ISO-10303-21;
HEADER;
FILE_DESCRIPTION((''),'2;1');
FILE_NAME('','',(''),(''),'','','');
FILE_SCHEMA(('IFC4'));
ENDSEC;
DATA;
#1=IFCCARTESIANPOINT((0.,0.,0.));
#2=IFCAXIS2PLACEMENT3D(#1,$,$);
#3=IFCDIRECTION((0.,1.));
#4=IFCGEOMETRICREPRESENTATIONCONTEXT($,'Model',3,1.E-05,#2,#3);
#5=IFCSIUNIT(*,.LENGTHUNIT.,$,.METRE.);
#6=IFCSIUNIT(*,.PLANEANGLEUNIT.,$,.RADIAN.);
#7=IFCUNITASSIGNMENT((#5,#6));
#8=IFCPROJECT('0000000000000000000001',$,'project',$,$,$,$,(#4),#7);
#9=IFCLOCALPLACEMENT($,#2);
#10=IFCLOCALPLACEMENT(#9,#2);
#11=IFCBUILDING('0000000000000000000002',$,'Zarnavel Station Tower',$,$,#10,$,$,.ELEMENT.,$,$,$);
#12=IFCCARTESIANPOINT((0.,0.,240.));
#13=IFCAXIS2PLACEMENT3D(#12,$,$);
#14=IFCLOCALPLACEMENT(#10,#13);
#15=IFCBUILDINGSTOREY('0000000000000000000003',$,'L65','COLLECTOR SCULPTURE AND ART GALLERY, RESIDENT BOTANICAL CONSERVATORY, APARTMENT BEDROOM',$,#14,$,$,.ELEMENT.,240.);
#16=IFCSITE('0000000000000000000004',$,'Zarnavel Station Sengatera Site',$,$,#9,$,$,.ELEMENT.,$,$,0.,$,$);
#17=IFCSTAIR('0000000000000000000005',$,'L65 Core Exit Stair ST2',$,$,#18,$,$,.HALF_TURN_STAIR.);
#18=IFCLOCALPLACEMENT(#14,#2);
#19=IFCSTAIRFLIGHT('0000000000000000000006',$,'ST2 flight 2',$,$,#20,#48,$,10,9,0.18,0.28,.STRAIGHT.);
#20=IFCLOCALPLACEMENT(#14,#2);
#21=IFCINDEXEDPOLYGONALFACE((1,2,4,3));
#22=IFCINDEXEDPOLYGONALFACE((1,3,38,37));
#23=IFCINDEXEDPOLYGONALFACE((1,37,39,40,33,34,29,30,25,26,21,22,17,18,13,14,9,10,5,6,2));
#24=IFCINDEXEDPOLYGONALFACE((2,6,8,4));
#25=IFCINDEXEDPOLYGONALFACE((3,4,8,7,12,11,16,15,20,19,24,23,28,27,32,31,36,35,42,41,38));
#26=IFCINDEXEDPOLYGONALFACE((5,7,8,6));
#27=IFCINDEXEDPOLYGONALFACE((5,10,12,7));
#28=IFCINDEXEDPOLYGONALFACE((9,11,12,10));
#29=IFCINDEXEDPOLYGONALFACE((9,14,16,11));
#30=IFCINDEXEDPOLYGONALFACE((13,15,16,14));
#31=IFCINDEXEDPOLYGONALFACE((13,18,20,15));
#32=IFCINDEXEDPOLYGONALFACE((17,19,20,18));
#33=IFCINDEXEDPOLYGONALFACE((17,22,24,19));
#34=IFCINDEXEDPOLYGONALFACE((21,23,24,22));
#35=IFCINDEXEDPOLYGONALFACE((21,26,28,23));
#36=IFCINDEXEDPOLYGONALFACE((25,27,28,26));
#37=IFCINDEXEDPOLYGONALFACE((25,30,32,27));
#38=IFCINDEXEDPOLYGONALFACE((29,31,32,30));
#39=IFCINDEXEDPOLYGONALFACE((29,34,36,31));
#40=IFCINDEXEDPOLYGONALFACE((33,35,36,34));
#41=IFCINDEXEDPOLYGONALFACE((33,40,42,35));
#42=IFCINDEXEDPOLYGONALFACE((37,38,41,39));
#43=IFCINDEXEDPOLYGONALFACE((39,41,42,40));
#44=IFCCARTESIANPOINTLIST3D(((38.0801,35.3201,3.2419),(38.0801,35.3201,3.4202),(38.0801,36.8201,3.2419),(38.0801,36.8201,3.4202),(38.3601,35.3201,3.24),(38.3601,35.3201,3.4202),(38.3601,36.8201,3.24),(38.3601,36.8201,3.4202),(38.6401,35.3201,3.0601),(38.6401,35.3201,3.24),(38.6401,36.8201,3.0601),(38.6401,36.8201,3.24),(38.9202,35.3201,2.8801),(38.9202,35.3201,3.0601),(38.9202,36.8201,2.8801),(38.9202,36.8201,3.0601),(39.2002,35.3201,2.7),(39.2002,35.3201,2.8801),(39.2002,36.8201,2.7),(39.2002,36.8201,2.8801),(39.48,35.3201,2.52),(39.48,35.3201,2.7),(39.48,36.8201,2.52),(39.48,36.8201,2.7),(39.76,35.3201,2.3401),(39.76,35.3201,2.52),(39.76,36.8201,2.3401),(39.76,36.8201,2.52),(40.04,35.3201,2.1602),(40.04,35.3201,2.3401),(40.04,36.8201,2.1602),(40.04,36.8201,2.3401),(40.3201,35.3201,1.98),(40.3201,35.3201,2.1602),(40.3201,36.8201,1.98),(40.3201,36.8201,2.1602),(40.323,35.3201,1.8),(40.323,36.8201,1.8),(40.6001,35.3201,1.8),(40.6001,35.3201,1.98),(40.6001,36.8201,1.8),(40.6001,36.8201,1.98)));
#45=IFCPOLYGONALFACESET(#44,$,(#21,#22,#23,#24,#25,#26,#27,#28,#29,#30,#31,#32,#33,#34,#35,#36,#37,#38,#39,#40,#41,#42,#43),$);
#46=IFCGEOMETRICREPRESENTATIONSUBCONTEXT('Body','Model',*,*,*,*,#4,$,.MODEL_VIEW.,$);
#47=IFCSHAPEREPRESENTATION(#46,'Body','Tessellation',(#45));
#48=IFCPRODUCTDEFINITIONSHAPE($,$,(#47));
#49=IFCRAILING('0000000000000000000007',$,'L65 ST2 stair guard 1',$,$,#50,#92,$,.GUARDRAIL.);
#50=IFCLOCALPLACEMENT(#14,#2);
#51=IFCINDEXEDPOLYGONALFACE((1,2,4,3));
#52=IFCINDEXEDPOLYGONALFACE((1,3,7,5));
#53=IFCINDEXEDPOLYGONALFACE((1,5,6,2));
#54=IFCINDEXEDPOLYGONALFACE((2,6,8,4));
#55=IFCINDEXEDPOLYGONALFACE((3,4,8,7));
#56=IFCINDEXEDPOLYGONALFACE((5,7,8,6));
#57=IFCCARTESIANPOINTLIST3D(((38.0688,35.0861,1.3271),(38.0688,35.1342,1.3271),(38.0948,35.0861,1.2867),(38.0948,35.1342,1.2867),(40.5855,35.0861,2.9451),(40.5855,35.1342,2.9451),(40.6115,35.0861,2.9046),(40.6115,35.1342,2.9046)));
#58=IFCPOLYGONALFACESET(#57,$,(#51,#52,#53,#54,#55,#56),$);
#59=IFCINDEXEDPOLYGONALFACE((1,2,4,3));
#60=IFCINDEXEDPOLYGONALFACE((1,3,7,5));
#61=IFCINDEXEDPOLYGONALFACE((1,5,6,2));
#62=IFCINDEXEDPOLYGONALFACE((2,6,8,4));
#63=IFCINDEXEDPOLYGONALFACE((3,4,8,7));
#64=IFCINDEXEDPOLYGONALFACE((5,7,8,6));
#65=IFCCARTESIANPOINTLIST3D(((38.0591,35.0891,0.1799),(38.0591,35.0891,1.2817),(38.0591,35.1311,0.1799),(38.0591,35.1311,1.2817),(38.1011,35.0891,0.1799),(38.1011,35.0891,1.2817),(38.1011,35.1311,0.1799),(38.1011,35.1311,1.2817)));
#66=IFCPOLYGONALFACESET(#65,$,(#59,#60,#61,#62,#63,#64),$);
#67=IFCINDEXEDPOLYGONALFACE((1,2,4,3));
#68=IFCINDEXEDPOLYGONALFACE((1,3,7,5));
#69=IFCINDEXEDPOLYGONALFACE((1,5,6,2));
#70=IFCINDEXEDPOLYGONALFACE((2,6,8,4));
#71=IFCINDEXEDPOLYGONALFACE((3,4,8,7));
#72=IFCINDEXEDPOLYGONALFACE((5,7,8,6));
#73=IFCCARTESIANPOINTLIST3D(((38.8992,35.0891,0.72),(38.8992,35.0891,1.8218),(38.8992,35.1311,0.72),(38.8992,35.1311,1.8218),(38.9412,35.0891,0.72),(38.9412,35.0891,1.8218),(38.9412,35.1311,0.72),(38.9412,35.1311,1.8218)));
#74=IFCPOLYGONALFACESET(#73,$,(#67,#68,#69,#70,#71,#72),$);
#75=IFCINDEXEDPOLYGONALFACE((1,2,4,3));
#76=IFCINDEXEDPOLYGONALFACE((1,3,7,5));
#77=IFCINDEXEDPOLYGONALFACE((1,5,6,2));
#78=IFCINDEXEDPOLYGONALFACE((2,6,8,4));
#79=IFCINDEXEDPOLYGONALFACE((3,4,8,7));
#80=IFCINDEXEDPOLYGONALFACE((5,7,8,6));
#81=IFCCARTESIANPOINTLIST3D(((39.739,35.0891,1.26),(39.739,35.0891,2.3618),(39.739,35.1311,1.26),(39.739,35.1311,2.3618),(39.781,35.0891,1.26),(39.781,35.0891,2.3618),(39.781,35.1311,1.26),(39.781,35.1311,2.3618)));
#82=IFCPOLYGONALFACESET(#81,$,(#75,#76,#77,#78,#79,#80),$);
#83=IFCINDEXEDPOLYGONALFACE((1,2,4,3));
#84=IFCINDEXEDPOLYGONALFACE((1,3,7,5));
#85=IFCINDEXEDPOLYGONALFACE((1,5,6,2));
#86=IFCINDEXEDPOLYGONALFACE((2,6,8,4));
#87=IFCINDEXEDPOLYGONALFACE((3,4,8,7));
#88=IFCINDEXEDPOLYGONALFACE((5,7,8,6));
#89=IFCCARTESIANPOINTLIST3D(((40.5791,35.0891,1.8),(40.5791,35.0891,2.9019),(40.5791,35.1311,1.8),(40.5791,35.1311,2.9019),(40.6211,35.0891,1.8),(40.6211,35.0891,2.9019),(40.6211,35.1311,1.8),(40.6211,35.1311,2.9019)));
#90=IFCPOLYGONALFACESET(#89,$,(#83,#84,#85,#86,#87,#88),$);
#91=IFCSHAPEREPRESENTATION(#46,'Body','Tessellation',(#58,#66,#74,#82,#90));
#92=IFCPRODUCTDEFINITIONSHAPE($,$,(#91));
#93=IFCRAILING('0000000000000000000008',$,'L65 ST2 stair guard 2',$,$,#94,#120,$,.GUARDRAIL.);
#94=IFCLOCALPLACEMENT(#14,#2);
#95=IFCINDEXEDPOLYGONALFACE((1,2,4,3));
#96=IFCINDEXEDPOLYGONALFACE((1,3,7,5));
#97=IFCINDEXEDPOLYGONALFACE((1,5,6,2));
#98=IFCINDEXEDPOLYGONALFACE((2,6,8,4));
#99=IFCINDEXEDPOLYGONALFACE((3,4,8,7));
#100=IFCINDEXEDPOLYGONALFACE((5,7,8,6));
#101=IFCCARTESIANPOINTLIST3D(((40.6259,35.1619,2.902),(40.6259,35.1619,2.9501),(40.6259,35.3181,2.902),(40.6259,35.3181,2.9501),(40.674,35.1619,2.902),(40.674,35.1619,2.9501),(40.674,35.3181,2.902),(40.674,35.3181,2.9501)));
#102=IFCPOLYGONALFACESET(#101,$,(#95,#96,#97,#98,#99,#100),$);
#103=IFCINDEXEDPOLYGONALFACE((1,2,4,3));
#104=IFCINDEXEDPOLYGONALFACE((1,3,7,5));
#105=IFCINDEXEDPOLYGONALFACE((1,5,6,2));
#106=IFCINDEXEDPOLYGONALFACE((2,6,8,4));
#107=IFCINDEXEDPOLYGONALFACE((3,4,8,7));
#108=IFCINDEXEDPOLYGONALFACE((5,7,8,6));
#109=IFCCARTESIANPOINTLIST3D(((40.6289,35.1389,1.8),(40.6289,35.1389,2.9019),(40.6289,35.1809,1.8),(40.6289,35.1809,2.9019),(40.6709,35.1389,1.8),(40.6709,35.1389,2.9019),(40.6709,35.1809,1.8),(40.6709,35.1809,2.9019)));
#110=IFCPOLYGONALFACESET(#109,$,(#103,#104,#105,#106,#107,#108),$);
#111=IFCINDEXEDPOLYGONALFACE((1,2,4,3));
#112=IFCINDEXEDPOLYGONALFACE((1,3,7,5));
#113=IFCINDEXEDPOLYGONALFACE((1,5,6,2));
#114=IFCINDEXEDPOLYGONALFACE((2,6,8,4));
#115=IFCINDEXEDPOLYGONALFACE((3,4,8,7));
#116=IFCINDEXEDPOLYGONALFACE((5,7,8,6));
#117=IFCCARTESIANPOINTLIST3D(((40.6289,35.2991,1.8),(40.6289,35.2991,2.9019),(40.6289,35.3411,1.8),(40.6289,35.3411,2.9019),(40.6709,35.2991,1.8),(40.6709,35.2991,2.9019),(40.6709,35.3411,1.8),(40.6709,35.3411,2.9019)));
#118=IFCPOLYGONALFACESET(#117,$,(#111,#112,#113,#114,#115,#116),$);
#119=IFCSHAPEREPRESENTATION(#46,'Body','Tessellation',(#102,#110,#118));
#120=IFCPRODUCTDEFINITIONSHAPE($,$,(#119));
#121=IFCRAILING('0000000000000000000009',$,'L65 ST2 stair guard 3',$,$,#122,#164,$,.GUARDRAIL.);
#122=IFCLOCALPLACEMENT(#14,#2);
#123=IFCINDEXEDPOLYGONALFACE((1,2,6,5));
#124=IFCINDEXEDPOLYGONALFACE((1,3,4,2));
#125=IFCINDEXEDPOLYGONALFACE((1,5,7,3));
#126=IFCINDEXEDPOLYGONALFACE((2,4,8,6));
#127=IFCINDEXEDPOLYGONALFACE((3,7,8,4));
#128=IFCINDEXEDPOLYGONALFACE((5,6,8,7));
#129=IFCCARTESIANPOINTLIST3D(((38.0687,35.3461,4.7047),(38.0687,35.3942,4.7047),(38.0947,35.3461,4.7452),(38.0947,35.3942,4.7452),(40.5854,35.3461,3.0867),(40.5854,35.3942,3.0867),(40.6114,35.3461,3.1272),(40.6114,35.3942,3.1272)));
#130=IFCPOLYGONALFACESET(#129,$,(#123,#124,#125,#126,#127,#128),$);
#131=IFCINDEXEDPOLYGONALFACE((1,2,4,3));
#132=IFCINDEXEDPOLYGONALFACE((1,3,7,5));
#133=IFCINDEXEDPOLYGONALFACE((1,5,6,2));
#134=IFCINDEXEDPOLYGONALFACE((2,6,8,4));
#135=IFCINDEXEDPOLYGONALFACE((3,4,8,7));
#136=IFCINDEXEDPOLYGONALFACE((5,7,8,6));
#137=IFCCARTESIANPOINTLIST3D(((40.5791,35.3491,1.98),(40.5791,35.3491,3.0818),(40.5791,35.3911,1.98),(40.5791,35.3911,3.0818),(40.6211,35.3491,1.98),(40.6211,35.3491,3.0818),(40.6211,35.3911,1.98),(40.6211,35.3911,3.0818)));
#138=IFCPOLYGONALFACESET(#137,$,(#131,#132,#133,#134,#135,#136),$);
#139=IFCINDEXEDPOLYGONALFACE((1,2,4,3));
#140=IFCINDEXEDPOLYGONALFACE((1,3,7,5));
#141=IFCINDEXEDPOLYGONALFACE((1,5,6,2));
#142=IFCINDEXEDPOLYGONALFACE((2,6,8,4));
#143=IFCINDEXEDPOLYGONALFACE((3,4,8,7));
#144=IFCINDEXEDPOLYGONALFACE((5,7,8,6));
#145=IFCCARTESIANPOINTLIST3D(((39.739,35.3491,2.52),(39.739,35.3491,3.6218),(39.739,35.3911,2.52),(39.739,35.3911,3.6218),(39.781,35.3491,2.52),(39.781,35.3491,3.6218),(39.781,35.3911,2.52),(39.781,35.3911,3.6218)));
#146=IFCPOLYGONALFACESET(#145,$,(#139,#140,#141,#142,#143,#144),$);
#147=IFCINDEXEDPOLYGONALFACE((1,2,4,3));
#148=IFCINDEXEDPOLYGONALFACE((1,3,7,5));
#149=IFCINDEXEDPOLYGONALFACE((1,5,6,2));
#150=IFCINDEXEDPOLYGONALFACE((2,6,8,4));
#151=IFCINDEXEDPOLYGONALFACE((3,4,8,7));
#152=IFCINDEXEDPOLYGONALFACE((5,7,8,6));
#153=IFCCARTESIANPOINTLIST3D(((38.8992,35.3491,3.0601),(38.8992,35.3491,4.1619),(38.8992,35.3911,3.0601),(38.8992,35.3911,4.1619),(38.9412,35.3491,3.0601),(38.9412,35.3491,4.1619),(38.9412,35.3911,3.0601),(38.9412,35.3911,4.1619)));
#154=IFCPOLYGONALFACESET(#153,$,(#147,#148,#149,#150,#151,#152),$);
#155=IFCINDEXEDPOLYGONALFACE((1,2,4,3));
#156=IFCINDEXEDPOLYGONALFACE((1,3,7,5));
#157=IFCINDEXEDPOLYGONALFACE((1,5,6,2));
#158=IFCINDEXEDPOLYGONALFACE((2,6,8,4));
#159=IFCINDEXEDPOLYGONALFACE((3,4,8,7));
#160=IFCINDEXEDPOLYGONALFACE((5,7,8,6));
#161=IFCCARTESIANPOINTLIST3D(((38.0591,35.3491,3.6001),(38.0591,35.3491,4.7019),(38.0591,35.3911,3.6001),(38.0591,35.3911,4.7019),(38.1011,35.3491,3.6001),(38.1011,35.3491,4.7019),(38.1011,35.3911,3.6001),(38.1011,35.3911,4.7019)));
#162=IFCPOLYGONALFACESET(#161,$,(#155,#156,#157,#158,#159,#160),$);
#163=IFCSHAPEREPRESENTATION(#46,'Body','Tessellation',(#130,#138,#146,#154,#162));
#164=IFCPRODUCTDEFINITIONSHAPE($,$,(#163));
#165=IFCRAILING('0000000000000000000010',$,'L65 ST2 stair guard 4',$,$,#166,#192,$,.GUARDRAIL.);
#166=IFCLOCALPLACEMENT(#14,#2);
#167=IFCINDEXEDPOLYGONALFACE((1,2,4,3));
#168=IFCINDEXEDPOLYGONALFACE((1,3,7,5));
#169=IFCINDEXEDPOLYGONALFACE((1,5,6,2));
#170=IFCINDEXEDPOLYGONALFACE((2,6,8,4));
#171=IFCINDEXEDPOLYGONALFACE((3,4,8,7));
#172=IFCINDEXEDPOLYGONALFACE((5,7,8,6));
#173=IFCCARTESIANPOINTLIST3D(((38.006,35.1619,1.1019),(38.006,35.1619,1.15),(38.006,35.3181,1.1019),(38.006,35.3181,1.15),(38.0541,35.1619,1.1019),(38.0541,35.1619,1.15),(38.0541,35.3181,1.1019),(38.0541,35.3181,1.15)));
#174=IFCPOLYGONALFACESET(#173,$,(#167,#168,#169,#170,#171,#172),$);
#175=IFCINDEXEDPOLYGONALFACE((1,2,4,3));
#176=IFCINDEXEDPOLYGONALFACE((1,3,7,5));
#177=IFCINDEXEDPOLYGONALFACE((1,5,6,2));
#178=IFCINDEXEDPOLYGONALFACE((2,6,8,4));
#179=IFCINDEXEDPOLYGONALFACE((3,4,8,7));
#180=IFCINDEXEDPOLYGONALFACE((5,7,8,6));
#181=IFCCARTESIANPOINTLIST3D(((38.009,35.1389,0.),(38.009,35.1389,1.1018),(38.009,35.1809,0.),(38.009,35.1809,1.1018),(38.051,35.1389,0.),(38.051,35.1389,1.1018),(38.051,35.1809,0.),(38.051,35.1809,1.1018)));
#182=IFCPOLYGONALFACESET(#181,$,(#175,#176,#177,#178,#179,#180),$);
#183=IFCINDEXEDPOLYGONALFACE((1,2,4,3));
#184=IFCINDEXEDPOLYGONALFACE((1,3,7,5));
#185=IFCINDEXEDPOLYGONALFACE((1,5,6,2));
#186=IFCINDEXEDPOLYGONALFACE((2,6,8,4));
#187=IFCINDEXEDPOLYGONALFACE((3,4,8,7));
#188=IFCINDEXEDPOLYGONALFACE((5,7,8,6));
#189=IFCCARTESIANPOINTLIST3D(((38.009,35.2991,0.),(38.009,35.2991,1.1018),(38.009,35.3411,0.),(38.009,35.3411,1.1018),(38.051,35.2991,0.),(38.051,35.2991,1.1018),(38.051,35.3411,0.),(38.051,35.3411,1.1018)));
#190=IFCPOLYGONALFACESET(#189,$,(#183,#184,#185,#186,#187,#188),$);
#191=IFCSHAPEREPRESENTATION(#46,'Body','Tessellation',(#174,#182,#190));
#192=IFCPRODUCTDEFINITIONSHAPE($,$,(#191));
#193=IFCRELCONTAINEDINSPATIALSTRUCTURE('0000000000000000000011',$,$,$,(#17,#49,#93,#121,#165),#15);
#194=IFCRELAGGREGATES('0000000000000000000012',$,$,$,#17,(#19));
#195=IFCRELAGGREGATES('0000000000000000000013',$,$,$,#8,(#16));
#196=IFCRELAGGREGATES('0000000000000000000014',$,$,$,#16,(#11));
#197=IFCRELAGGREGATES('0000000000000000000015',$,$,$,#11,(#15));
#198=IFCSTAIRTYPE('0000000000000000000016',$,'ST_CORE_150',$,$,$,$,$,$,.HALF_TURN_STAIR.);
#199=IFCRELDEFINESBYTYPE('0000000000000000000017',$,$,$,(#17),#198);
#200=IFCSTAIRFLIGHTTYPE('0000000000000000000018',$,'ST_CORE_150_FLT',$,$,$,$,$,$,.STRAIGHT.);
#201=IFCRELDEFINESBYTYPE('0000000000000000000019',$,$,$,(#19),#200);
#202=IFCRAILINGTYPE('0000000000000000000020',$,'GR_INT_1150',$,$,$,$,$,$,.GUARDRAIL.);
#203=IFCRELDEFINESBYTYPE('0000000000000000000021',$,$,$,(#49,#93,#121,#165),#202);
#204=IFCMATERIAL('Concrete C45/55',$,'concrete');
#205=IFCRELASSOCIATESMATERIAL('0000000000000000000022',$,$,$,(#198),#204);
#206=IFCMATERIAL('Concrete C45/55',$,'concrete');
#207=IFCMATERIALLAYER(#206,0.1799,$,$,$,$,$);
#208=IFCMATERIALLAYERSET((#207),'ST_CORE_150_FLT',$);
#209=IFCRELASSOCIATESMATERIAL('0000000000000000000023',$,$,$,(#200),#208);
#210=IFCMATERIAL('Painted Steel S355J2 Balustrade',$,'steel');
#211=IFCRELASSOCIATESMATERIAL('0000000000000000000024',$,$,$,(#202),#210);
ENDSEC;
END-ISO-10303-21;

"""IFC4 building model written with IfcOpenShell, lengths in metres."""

from ifc_helpers import new_model, si_unit, direction, frame, origin, origin_2d, place, context, subcontext, project, spatial, polyline, rectangle, outline, extrude, material, layer, layer_set, type_object, element, aggregate, save


model = new_model("IFC4")

# Units and contexts
model_context = context("Model", 3, precision=1e-05, world=origin(), true_north=direction((0.0, 1.0)))
body_context = subcontext(model_context, "Body", "Model", "MODEL_VIEW")
ifc_project = project(units=[si_unit("LENGTHUNIT", "METRE"), si_unit("PLANEANGLEUNIT", "RADIAN")], contexts=[model_context])

# Site, building, storey
site_placement = place(None, origin())
site = spatial("IfcSite", under=ifc_project, at=site_placement, Name="Zarnavel Station Sengatera Site", CompositionType="ELEMENT", RefElevation=0.0)
building_placement = place(site_placement, origin())
building = spatial("IfcBuilding", under=site, at=building_placement, Name="Zarnavel Station Tower", CompositionType="ELEMENT")
storey_placement = place(building_placement, frame((0.0, 0.0, 240.0)))
storey = spatial("IfcBuildingStorey", under=building, at=storey_placement, Name="L65", Description="COLLECTOR SCULPTURE AND ART GALLERY, RESIDENT BOTANICAL CONSERVATORY, APARTMENT BEDROOM", CompositionType="ELEMENT", Elevation=240.0)

# Stair, stair flight
ifc_material_1 = material(Name="Concrete C45/55", Category="concrete")
stair_type = type_object("IfcStairType", Name="ST_CORE_150", PredefinedType="HALF_TURN_STAIR", material=ifc_material_1)
stair_placement = place(storey_placement, origin())
stair = element("IfcStair", 1, at=stair_placement, inside=storey, type_object=stair_type, Name="L65 Core Exit Stair ST2", PredefinedType="HALF_TURN_STAIR")
ifc_material_2 = material(Name="Concrete C45/55", Category="concrete")
ifc_layer_1 = layer(ifc_material_2, 0.1799)
ifc_layer_set_1 = layer_set([ifc_layer_1], Name="ST_CORE_150_FLT")
stair_flight_type = type_object("IfcStairFlightType", Name="ST_CORE_150_FLT", PredefinedType="STRAIGHT", material=ifc_layer_set_1)
stair_flight_1_placement = place(storey_placement, frame((40.6001, 36.0701, 1.8), z_axis=(0.0, 0.0, 1.0), x_axis=(-1.0, 0.0, 0.0)))
stair_flight_1 = element("IfcStairFlight", 2, at=stair_flight_1_placement, type_object=stair_flight_type, Name="ST2 flight 2", NumberOfRisers=10, NumberOfTreads=9, PredefinedType="STRAIGHT", RiserHeight=0.18, TreadLength=0.28, context=body_context, shape_type="SweptSolid", body=[
    extrude(outline(polyline([(0.0, 0.0), (0.0, 0.1799), (0.28, 0.1799), (0.28, 0.3601), (0.5601, 0.3601), (0.5601, 0.54), (0.8401, 0.54), (0.8401, 0.72), (1.1201, 0.72), (1.1201, 0.8999), (1.3999, 0.8999), (1.3999, 1.0801), (1.6799, 1.0801), (1.6799, 1.26), (1.96, 1.26), (1.96, 1.4399), (2.24, 1.4399), (2.24, 1.6201), (2.52, 1.6201), (2.52, 1.8), (2.52, 1.4419), (0.2771, 0.0), (0.0, 0.0)])), frame((0.0, 0.75, 0.0), z_axis=(0.0, -1.0, 0.0), x_axis=(1.0, 0.0, 0.0)), (0.0, 0.0, 1.0), 1.5),
])
aggregate(stair, [stair_flight_1])

# Railings
ifc_material_3 = material(Name="Painted Steel S355J2 Balustrade", Category="steel")
railing_type_1 = type_object("IfcRailingType", Name="GR_INT_1150", PredefinedType="GUARDRAIL", material=ifc_material_3)
railing_1_placement = place(storey_placement, frame((38.0801, 35.1101, 0.1799)))
element("IfcRailing", 3, at=railing_1_placement, inside=storey, type_object=railing_type_1, Name="L65 ST2 stair guard 1", PredefinedType="GUARDRAIL", context=body_context, shape_type="SweptSolid", body=[
    extrude(rectangle(XDim=0.0481, YDim=0.0481, at=origin_2d()), frame((0.0017, 0.0, 1.127), z_axis=(0.841163, 0.0, 0.540782), x_axis=(0.0, 1.0, 0.0)), (0.0, 0.0, 1.0), 2.9919),
    extrude(rectangle(XDim=0.042, YDim=0.042, at=origin_2d()), origin(), (0.0, 0.0, 1.0), 1.1018),
    extrude(rectangle(XDim=0.042, YDim=0.042, at=origin_2d()), frame((0.8401, 0.0, 0.54)), (0.0, 0.0, 1.0), 1.1018),
    extrude(rectangle(XDim=0.042, YDim=0.042, at=origin_2d()), frame((1.6799, 0.0, 1.0801)), (0.0, 0.0, 1.0), 1.1018),
    extrude(rectangle(XDim=0.042, YDim=0.042, at=origin_2d()), frame((2.52, 0.0, 1.6201)), (0.0, 0.0, 1.0), 1.1018),
])
railing_2_placement = place(storey_placement, frame((40.6499, 35.1599, 1.8)))
element("IfcRailing", 4, at=railing_2_placement, inside=storey, type_object=railing_type_1, Name="L65 ST2 stair guard 2", PredefinedType="GUARDRAIL", context=body_context, shape_type="SweptSolid", body=[
    extrude(rectangle(XDim=0.0481, YDim=0.0481, at=origin_2d()), frame((0.0, 0.002, 1.126), z_axis=(0.0, 1.0, 0.0), x_axis=(-1.0, 0.0, 0.0)), (0.0, 0.0, 1.0), 0.1562),
    extrude(rectangle(XDim=0.042, YDim=0.042, at=origin_2d()), origin(), (0.0, 0.0, 1.0), 1.1018),
    extrude(rectangle(XDim=0.042, YDim=0.042, at=origin_2d()), frame((0.0, 0.1602, 0.0)), (0.0, 0.0, 1.0), 1.1018),
])
railing_3_placement = place(storey_placement, frame((40.6001, 35.3701, 1.98)))
element("IfcRailing", 5, at=railing_3_placement, inside=storey, type_object=railing_type_1, Name="L65 ST2 stair guard 3", PredefinedType="GUARDRAIL", context=body_context, shape_type="SweptSolid", body=[
    extrude(rectangle(XDim=0.0481, YDim=0.0481, at=origin_2d()), frame((-0.0017, 0.0, 1.127), z_axis=(-0.841163, 0.0, 0.540782), x_axis=(0.0, -1.0, 0.0)), (0.0, 0.0, 1.0), 2.9919),
    extrude(rectangle(XDim=0.042, YDim=0.042, at=origin_2d()), origin(), (0.0, 0.0, 1.0), 1.1018),
    extrude(rectangle(XDim=0.042, YDim=0.042, at=origin_2d()), frame((-0.8401, 0.0, 0.54)), (0.0, 0.0, 1.0), 1.1018),
    extrude(rectangle(XDim=0.042, YDim=0.042, at=origin_2d()), frame((-1.6799, 0.0, 1.0801)), (0.0, 0.0, 1.0), 1.1018),
    extrude(rectangle(XDim=0.042, YDim=0.042, at=origin_2d()), frame((-2.52, 0.0, 1.6201)), (0.0, 0.0, 1.0), 1.1018),
])
railing_4_placement = place(storey_placement, frame((38.03, 35.1599, 0.0)))
element("IfcRailing", 6, at=railing_4_placement, inside=storey, type_object=railing_type_1, Name="L65 ST2 stair guard 4", PredefinedType="GUARDRAIL", context=body_context, shape_type="SweptSolid", body=[
    extrude(rectangle(XDim=0.0481, YDim=0.0481, at=origin_2d()), frame((0.0, 0.002, 1.126), z_axis=(0.0, 1.0, 0.0), x_axis=(-1.0, 0.0, 0.0)), (0.0, 0.0, 1.0), 0.1562),
    extrude(rectangle(XDim=0.042, YDim=0.042, at=origin_2d()), origin(), (0.0, 0.0, 1.0), 1.1018),
    extrude(rectangle(XDim=0.042, YDim=0.042, at=origin_2d()), frame((0.0, 0.1602, 0.0)), (0.0, 0.0, 1.0), 1.1018),
])

save(model, "model.ifc")
